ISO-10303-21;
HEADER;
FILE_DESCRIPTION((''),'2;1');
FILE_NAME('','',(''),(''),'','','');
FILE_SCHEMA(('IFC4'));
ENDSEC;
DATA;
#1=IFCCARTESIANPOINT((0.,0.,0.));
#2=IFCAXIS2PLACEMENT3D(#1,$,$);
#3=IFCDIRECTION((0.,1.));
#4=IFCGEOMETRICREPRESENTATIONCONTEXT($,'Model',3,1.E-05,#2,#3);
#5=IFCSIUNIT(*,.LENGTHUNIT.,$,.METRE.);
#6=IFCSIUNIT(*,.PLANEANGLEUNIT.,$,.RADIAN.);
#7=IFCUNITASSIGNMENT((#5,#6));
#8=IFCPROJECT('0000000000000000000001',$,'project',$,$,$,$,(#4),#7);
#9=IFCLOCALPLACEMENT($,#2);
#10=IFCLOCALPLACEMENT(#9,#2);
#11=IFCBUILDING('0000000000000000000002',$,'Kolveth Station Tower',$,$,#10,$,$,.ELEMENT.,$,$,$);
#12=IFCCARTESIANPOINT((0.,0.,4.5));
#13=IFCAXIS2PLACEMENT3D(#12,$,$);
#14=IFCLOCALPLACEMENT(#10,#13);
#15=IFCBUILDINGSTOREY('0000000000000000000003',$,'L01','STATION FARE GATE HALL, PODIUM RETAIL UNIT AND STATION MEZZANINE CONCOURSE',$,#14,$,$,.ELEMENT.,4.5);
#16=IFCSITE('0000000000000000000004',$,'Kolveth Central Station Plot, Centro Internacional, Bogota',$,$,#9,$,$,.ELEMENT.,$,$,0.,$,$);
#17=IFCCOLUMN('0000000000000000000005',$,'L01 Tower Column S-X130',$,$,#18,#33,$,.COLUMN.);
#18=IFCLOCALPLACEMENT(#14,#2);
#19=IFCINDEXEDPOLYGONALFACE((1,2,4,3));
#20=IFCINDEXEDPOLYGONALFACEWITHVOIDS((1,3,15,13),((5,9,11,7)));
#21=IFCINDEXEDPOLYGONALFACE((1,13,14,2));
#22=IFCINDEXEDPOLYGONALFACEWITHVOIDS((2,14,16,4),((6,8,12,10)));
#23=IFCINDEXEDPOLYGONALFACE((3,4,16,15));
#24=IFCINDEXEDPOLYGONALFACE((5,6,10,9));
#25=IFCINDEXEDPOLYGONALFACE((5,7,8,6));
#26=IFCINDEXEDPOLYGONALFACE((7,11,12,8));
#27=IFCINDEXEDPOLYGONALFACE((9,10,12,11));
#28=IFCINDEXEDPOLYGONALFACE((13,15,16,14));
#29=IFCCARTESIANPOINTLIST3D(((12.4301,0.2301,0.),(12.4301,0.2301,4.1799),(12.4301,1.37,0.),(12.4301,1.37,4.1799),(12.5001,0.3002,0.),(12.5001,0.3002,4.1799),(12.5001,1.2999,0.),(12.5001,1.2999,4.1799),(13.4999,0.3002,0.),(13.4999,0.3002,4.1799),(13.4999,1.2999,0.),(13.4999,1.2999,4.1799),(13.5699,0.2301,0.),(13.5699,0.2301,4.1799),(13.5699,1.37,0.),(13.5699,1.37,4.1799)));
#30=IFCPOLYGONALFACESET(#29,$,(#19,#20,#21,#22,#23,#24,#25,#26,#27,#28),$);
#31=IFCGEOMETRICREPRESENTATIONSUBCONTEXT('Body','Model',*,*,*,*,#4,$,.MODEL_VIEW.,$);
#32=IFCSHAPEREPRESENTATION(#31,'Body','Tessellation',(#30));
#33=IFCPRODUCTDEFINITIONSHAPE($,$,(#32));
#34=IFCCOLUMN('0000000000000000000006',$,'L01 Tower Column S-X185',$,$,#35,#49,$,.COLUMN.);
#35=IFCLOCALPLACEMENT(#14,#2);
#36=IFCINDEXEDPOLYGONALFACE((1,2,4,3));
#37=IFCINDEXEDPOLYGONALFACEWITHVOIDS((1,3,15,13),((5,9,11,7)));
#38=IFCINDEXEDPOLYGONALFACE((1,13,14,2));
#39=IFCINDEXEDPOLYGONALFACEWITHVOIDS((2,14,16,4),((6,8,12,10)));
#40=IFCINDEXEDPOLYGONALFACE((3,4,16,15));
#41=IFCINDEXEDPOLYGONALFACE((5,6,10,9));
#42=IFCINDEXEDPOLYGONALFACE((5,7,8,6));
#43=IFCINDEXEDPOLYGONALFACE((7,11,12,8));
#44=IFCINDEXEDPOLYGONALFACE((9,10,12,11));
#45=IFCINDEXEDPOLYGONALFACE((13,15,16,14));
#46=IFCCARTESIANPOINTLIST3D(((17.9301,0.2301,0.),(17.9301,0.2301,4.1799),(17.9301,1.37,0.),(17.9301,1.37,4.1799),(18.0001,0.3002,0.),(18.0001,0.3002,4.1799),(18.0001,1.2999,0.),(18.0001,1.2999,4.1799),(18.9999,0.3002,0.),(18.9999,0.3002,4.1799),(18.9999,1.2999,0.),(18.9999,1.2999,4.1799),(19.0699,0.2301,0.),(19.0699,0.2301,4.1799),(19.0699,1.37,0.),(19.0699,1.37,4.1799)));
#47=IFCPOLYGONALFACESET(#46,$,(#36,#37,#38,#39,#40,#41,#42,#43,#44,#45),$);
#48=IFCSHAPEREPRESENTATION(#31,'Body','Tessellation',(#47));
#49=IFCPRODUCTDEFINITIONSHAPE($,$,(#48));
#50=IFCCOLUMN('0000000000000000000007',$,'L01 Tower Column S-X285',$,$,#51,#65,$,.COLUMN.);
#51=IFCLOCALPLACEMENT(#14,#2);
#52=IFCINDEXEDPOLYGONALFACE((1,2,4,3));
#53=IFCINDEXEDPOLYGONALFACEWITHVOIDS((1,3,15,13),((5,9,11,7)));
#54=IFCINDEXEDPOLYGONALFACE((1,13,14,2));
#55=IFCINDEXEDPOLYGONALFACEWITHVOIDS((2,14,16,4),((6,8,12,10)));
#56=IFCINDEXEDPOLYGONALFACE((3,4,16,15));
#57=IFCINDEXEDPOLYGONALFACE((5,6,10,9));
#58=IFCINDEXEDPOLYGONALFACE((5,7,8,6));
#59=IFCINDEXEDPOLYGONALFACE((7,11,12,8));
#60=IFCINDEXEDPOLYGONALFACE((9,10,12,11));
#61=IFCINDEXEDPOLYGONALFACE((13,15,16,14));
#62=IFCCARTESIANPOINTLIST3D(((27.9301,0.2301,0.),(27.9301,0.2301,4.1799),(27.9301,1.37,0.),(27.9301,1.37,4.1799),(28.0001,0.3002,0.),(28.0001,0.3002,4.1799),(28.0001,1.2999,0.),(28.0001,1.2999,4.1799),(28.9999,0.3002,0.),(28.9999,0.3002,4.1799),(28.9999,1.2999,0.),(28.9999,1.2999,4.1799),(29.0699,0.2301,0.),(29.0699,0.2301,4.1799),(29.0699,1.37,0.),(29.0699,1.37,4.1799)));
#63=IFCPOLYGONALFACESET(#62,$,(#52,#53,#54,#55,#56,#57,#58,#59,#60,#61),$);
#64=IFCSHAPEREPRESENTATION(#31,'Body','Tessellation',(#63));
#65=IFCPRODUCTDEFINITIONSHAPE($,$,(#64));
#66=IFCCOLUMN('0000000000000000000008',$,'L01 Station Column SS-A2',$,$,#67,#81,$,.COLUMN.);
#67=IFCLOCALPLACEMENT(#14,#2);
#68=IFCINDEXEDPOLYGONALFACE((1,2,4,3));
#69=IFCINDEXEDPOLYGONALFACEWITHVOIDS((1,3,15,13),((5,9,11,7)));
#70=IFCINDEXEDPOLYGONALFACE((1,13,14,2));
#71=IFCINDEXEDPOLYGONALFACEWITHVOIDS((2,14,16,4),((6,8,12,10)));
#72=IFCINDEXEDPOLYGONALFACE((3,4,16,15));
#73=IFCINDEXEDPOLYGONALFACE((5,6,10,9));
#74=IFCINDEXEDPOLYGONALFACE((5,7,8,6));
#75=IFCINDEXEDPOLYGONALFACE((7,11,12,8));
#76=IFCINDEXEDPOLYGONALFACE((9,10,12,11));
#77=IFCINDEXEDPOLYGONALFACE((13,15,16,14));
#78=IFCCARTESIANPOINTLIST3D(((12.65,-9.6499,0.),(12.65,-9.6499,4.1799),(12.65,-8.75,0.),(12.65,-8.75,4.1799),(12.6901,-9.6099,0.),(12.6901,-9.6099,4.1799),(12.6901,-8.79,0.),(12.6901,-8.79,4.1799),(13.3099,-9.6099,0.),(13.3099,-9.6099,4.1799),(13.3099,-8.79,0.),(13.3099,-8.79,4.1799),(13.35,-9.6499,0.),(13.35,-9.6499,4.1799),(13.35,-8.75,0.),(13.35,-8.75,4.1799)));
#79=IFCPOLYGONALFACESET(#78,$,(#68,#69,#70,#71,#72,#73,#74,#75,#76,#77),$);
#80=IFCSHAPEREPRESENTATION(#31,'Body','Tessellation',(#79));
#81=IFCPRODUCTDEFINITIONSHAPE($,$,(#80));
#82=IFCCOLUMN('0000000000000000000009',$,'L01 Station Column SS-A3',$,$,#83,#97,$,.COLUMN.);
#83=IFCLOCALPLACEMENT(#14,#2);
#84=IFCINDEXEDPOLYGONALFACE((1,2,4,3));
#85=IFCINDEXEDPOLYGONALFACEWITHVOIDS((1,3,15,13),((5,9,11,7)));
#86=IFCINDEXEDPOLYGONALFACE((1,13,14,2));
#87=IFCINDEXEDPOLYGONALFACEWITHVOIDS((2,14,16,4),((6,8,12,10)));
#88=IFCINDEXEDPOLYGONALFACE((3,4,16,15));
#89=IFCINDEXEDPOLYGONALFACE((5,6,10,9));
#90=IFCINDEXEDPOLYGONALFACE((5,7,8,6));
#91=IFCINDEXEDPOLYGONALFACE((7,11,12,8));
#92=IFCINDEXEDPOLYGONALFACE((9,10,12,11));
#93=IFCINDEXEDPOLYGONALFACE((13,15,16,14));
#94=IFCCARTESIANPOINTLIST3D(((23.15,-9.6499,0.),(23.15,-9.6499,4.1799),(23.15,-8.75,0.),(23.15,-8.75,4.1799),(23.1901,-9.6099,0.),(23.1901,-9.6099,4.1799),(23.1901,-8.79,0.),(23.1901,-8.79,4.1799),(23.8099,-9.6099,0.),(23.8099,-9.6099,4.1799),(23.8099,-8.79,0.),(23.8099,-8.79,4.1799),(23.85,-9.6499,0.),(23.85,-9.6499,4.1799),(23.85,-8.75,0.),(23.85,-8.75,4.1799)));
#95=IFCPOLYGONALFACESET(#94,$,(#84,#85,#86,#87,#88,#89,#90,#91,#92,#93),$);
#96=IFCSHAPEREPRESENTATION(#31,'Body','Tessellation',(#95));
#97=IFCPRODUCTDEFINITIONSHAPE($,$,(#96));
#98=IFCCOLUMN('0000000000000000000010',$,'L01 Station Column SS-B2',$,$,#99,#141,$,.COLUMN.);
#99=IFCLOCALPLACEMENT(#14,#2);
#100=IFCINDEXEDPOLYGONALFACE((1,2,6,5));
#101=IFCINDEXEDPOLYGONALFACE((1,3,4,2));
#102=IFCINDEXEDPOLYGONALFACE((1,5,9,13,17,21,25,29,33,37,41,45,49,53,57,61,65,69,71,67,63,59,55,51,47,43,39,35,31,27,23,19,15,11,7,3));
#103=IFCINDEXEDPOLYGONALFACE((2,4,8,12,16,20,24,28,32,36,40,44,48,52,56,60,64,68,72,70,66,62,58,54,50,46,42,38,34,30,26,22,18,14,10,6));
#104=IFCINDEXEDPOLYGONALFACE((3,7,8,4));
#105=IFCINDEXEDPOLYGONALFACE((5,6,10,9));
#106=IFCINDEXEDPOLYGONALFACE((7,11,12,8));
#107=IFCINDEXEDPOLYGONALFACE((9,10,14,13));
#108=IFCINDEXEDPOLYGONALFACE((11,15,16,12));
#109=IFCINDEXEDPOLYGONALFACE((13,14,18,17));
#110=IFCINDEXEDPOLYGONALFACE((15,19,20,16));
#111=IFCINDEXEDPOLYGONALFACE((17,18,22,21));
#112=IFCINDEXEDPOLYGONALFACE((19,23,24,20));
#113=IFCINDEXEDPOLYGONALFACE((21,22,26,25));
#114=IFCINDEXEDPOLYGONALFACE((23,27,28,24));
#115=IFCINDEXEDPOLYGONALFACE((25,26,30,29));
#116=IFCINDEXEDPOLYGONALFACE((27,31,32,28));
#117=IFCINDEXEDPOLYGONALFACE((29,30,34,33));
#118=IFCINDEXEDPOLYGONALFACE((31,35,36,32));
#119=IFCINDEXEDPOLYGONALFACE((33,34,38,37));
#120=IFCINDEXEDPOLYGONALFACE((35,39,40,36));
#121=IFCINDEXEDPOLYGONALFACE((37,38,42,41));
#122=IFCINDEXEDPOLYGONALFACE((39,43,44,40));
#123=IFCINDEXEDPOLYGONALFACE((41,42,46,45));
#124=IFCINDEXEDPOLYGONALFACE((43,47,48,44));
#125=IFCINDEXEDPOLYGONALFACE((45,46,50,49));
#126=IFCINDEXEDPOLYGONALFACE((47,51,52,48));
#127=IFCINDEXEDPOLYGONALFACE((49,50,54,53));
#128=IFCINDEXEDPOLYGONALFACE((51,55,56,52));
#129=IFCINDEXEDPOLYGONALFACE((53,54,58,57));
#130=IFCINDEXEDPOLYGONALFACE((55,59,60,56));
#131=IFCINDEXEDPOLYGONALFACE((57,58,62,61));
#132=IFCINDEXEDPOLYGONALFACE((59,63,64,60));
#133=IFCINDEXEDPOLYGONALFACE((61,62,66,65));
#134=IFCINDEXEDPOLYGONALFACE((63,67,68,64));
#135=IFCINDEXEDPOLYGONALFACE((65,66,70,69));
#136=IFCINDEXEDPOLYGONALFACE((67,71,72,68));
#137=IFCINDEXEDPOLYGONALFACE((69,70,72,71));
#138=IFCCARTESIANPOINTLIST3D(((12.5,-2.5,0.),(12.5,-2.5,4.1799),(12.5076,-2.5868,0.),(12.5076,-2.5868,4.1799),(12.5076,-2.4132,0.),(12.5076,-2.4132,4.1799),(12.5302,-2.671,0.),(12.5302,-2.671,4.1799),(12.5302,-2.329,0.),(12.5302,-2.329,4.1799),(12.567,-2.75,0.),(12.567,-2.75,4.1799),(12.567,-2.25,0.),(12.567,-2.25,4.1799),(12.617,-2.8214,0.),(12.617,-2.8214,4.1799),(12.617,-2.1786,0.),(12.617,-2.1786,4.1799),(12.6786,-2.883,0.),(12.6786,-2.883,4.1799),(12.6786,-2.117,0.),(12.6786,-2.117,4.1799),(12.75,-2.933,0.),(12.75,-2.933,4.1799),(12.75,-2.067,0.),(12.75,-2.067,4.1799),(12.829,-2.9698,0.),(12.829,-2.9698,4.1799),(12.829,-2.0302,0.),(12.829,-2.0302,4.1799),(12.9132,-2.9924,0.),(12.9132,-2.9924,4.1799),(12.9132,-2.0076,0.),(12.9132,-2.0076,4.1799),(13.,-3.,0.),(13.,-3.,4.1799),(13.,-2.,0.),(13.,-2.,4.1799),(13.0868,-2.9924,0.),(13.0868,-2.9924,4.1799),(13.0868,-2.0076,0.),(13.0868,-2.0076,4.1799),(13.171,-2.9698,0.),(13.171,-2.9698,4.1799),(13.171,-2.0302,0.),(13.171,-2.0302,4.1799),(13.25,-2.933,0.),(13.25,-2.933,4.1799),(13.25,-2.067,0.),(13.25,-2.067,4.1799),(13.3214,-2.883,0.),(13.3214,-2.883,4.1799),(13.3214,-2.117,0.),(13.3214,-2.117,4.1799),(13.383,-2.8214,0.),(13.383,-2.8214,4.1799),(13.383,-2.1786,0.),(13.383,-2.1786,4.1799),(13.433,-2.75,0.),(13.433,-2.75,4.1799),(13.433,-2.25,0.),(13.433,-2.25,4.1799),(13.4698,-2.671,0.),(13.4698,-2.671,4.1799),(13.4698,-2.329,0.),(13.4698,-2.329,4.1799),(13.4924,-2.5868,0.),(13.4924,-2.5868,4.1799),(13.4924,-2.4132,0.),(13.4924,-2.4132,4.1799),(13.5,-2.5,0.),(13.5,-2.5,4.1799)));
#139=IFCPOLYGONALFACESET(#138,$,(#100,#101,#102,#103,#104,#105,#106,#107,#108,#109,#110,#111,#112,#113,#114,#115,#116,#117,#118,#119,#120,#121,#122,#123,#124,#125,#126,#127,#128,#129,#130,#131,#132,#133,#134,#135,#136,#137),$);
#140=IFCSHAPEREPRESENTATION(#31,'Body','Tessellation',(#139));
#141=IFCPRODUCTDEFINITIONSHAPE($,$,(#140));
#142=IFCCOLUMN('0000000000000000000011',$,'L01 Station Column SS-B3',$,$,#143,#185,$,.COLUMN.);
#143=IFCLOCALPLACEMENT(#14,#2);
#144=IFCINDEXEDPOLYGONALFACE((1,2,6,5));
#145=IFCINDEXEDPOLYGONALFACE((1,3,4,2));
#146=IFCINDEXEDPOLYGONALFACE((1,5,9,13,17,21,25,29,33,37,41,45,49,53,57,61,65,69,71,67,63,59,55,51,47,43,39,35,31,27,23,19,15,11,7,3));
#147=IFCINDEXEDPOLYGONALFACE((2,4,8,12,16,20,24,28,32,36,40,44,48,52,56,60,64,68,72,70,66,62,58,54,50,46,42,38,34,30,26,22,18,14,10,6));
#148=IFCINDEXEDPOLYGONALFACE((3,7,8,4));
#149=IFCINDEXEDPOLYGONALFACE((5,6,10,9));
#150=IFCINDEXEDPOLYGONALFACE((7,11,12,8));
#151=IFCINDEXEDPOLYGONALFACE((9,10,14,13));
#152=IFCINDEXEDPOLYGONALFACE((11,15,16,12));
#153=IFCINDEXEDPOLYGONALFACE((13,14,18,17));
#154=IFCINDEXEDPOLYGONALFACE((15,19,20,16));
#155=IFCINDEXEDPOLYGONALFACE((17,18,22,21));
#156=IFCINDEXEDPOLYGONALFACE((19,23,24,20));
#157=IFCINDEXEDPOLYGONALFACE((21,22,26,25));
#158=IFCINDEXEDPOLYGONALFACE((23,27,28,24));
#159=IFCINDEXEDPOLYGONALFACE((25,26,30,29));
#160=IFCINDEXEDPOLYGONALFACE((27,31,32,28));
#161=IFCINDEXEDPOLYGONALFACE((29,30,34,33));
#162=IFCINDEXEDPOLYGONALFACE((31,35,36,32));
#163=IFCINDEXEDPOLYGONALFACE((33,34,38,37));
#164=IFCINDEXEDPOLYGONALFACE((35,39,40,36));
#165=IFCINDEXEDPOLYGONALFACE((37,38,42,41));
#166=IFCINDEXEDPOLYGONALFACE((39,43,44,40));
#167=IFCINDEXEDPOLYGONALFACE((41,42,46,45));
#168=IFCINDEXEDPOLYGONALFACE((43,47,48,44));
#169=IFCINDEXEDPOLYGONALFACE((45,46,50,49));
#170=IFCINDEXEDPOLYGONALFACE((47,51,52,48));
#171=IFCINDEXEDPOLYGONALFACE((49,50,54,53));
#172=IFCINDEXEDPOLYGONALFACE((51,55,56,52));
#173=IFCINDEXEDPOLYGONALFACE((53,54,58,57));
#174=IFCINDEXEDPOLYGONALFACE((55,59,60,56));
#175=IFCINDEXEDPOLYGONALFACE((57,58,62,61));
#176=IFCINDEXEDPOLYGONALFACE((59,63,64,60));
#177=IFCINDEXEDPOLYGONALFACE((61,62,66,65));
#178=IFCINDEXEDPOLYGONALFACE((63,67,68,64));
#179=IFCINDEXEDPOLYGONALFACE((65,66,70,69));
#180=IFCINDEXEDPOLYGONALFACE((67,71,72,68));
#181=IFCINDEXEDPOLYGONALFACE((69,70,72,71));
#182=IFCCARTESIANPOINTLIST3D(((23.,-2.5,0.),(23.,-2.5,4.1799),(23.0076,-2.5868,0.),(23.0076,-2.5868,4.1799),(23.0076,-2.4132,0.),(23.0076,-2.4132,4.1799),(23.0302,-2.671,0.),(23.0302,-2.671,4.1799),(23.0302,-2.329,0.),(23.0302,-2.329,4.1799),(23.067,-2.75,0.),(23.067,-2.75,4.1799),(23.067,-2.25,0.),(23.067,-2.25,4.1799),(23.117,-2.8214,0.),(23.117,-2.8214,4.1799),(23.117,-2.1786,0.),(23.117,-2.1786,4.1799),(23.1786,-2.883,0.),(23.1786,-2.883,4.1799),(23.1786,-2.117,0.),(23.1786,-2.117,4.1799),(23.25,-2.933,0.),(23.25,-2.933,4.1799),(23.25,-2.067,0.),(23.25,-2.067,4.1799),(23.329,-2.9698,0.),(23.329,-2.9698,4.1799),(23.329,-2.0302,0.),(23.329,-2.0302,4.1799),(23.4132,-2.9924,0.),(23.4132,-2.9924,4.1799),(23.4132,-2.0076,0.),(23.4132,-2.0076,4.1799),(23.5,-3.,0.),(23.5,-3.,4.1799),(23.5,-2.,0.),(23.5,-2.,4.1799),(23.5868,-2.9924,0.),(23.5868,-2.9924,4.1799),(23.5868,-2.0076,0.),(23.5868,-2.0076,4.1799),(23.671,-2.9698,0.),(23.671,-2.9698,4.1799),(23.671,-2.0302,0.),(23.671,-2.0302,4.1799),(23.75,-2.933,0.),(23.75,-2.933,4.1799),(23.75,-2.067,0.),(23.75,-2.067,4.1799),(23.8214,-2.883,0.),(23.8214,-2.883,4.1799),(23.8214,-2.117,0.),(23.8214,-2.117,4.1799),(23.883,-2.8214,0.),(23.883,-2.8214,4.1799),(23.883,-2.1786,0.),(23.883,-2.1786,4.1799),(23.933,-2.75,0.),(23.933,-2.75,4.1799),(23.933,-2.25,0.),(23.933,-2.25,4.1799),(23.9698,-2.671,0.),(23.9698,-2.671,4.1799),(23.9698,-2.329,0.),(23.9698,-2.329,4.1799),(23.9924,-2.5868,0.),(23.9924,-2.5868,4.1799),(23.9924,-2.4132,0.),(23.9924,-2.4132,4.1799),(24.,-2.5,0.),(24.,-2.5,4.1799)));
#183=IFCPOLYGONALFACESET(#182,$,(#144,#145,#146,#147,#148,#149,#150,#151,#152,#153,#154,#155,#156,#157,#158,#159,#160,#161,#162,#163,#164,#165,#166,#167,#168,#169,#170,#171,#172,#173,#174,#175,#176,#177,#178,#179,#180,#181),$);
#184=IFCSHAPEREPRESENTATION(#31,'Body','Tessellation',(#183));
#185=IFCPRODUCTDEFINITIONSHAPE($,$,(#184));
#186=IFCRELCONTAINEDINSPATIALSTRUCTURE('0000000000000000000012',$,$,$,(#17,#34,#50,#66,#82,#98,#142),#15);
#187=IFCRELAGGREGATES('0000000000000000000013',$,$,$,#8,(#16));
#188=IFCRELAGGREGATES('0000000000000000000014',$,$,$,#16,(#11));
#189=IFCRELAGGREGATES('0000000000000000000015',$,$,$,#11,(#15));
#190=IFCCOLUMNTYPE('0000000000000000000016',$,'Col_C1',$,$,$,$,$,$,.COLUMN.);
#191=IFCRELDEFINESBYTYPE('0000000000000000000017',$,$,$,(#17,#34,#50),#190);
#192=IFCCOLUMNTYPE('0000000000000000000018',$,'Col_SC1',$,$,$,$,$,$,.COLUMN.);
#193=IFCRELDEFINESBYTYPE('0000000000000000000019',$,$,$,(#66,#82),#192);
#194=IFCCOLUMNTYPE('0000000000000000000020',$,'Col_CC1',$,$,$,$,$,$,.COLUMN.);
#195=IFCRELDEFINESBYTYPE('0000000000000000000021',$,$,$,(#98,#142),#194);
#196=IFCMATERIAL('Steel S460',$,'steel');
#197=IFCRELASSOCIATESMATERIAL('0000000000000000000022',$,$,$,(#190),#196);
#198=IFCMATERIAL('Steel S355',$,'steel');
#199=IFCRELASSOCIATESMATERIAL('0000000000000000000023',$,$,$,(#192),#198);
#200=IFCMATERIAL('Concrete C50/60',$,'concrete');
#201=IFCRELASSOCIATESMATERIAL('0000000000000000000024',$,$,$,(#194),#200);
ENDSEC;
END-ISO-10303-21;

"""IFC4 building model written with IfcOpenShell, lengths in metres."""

from ifc_helpers import new_model, si_unit, direction, frame, origin, origin_2d, place, context, subcontext, project, spatial, hollow_rectangle, circle, extrude, source, transform, mapped, material, material_profile, profile_set, type_object, element, save


model = new_model("IFC4")

# Units and contexts
model_context = context("Model", 3, precision=1e-05, world=origin(), true_north=direction((0.0, 1.0)))
body_context = subcontext(model_context, "Body", "Model", "MODEL_VIEW")
ifc_project = project(units=[si_unit("LENGTHUNIT", "METRE"), si_unit("PLANEANGLEUNIT", "RADIAN")], contexts=[model_context])

# Site, building, storey
site_placement = place(None, origin())
site = spatial("IfcSite", under=ifc_project, at=site_placement, Name="Kolveth Central Station Plot, Centro Internacional, Bogota", CompositionType="ELEMENT", RefElevation=0.0)
building_placement = place(site_placement, origin())
building = spatial("IfcBuilding", under=site, at=building_placement, Name="Kolveth Station Tower", CompositionType="ELEMENT")
storey_placement = place(building_placement, frame((0.0, 0.0, 4.5)))
storey = spatial("IfcBuildingStorey", under=building, at=storey_placement, Name="L01", Description="STATION FARE GATE HALL, PODIUM RETAIL UNIT AND STATION MEZZANINE CONCOURSE", CompositionType="ELEMENT", Elevation=4.5)

# Columns
ifc_material_1 = material(Name="Steel S460", Category="steel")
ifc_material_profile_1 = material_profile(ifc_material_1, hollow_rectangle(XDim=1.1399, YDim=1.1399, WallThickness=0.0701, at=origin_2d()), Name="BOX1140x1140x70")
ifc_profile_set_1 = profile_set([ifc_material_profile_1], Name="Steel S460")
column_type_1 = type_object("IfcColumnType", Name="Col_C1", PredefinedType="COLUMN", material=ifc_profile_set_1)
shared_shape_1 = source(origin(), body_context, "Body", "SweptSolid", [
    extrude(hollow_rectangle(XDim=1.1399, YDim=1.1399, WallThickness=0.0701, at=origin_2d()), origin(), (0.0, 0.0, 1.0), 4.1799),
])
for number, where, z_axis, x_axis, name in (
    (1, (13.0, 0.8, 0.0), (0.0, 0.0, 1.0), (1.0, 0.0, 0.0), "L01 Tower Column S-X130"),
    (2, (18.5, 0.8, 0.0), (0.0, 0.0, 1.0), (1.0, 0.0, 0.0), "L01 Tower Column S-X185"),
    (3, (28.5, 0.8, 0.0), (0.0, 0.0, 1.0), (1.0, 0.0, 0.0), "L01 Tower Column S-X285"),
):
    element("IfcColumn", number, at=place(storey_placement, frame(where, z_axis=z_axis, x_axis=x_axis)), inside=storey, type_object=column_type_1, Name=name, PredefinedType="COLUMN", context=body_context, shape_type="MappedRepresentation", body=[
        mapped(shared_shape_1, transform((0.0, 0.0, 0.0), x_axis=(1.0, 0.0, 0.0), y_axis=(0.0, 1.0, 0.0), z_axis=(0.0, 0.0, 1.0), scale=1.0)),
    ])
ifc_material_2 = material(Name="Steel S355", Category="steel")
ifc_material_profile_2 = material_profile(ifc_material_2, hollow_rectangle(XDim=0.7, YDim=0.8999, WallThickness=0.04, at=origin_2d()), Name="BOX900x700x40")
ifc_profile_set_2 = profile_set([ifc_material_profile_2], Name="Steel S355")
column_type_2 = type_object("IfcColumnType", Name="Col_SC1", PredefinedType="COLUMN", material=ifc_profile_set_2)
shared_shape_2 = source(origin(), body_context, "Body", "SweptSolid", [
    extrude(hollow_rectangle(XDim=0.7, YDim=0.8999, WallThickness=0.04, at=origin_2d()), origin(), (0.0, 0.0, 1.0), 4.1799),
])
for number, where, z_axis, x_axis, name in (
    (4, (13.0, -9.2, 0.0), (0.0, 0.0, 1.0), (1.0, 0.0, 0.0), "L01 Station Column SS-A2"),
    (5, (23.5, -9.2, 0.0), (0.0, 0.0, 1.0), (1.0, 0.0, 0.0), "L01 Station Column SS-A3"),
):
    element("IfcColumn", number, at=place(storey_placement, frame(where, z_axis=z_axis, x_axis=x_axis)), inside=storey, type_object=column_type_2, Name=name, PredefinedType="COLUMN", context=body_context, shape_type="MappedRepresentation", body=[
        mapped(shared_shape_2, transform((0.0, 0.0, 0.0), x_axis=(1.0, 0.0, 0.0), y_axis=(0.0, 1.0, 0.0), z_axis=(0.0, 0.0, 1.0), scale=1.0)),
    ])
ifc_material_3 = material(Name="Concrete C50/60", Category="concrete")
ifc_material_profile_3 = material_profile(ifc_material_3, circle(Radius=0.5, at=origin_2d()), Name="RC-D1000")
ifc_profile_set_3 = profile_set([ifc_material_profile_3], Name="Concrete C50/60")
column_type_3 = type_object("IfcColumnType", Name="Col_CC1", PredefinedType="COLUMN", material=ifc_profile_set_3)
shared_shape_3 = source(origin(), body_context, "Body", "SweptSolid", [
    extrude(circle(Radius=0.5, at=origin_2d()), origin(), (0.0, 0.0, 1.0), 4.1799),
])
for number, where, z_axis, x_axis, name in (
    (6, (13.0, -2.5, 0.0), (0.0, 0.0, 1.0), (1.0, 0.0, 0.0), "L01 Station Column SS-B2"),
    (7, (23.5, -2.5, 0.0), (0.0, 0.0, 1.0), (1.0, 0.0, 0.0), "L01 Station Column SS-B3"),
):
    element("IfcColumn", number, at=place(storey_placement, frame(where, z_axis=z_axis, x_axis=x_axis)), inside=storey, type_object=column_type_3, Name=name, PredefinedType="COLUMN", context=body_context, shape_type="MappedRepresentation", body=[
        mapped(shared_shape_3, transform((0.0, 0.0, 0.0), x_axis=(1.0, 0.0, 0.0), y_axis=(0.0, 1.0, 0.0), z_axis=(0.0, 0.0, 1.0), scale=1.0)),
    ])

save(model, "model.ifc")
